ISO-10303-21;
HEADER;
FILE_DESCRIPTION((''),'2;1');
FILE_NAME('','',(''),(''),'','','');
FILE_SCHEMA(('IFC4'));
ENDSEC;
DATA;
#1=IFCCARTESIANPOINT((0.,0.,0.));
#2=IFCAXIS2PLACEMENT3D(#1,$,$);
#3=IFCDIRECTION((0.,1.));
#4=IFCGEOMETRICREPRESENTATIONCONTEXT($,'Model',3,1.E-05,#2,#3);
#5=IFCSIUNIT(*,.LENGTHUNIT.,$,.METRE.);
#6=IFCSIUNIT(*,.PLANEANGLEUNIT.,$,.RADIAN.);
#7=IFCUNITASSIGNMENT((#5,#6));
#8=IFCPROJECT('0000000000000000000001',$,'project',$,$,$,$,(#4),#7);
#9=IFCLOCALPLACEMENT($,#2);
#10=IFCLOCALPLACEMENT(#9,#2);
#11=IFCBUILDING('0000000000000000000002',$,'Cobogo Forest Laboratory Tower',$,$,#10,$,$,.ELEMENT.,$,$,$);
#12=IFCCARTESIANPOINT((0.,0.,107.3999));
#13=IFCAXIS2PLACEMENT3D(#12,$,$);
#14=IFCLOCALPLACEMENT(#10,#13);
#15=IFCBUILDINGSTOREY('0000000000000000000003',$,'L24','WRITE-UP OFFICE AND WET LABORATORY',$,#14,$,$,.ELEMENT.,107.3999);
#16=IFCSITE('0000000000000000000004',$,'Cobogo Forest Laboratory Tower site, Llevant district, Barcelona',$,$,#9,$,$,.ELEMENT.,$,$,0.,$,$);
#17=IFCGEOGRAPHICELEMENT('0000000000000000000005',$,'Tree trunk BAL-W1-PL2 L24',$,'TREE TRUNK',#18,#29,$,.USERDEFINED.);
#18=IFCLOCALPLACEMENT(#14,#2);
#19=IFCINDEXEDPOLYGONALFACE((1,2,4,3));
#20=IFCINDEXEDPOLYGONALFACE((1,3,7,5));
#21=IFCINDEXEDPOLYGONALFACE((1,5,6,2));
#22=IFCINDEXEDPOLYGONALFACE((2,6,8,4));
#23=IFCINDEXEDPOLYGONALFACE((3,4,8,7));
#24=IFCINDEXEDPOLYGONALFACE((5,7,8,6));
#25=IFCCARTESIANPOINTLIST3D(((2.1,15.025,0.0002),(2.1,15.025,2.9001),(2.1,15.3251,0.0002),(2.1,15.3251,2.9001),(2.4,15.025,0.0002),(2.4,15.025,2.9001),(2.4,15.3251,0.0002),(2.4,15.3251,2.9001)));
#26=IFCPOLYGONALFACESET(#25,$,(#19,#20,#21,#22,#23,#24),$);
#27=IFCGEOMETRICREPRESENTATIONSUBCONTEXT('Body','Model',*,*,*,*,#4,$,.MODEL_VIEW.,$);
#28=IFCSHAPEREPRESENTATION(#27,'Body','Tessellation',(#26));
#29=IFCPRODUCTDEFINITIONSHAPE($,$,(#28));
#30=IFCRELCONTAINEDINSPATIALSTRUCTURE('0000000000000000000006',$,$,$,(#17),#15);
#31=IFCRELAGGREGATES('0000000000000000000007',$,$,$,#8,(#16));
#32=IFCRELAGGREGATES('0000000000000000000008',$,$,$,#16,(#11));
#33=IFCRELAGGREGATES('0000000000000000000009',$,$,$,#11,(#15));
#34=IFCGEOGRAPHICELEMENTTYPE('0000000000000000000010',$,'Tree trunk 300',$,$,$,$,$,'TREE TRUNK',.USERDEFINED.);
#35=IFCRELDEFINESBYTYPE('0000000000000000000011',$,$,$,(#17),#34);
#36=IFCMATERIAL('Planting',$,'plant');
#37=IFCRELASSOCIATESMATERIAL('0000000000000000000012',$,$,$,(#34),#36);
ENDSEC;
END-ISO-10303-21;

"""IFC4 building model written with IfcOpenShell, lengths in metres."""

from ifc_helpers import new_model, si_unit, direction, frame, origin, origin_2d, place, context, subcontext, project, spatial, rectangle, extrude, material, type_object, element, save


model = new_model("IFC4")

# Units and contexts
model_context = context("Model", 3, precision=1e-05, world=origin(), true_north=direction((0.0, 1.0)))
body_context = subcontext(model_context, "Body", "Model", "MODEL_VIEW")
ifc_project = project(units=[si_unit("LENGTHUNIT", "METRE"), si_unit("PLANEANGLEUNIT", "RADIAN")], contexts=[model_context])

# Site, building, storey
site_placement = place(None, origin())
site = spatial("IfcSite", under=ifc_project, at=site_placement, Name="Cobogo Forest Laboratory Tower site, Llevant district, Barcelona", CompositionType="ELEMENT", RefElevation=0.0)
building_placement = place(site_placement, origin())
building = spatial("IfcBuilding", under=site, at=building_placement, Name="Cobogo Forest Laboratory Tower", CompositionType="ELEMENT")
storey_placement = place(building_placement, frame((0.0, 0.0, 107.3999)))
storey = spatial("IfcBuildingStorey", under=building, at=storey_placement, Name="L24", Description="WRITE-UP OFFICE AND WET LABORATORY", CompositionType="ELEMENT", Elevation=107.3999)

# Geographic element
ifc_material_1 = material(Name="Planting", Category="plant")
geographic_element_type = type_object("IfcGeographicElementType", Name="Tree trunk 300", ElementType="TREE TRUNK", PredefinedType="USERDEFINED", material=ifc_material_1)
geographic_element_placement = place(storey_placement, frame((2.25, 15.175, 0.0002), z_axis=(0.0, 0.0, 1.0), x_axis=(1.0, 0.0, 0.0)))
element("IfcGeographicElement", 1, at=geographic_element_placement, inside=storey, type_object=geographic_element_type, Name="Tree trunk BAL-W1-PL2 L24", ObjectType="TREE TRUNK", PredefinedType="USERDEFINED", context=body_context, shape_type="SweptSolid", body=[
    extrude(rectangle(XDim=0.3, YDim=0.3, at=origin_2d()), origin(), (0.0, 0.0, 1.0), 2.8999),
])

save(model, "model.ifc")
